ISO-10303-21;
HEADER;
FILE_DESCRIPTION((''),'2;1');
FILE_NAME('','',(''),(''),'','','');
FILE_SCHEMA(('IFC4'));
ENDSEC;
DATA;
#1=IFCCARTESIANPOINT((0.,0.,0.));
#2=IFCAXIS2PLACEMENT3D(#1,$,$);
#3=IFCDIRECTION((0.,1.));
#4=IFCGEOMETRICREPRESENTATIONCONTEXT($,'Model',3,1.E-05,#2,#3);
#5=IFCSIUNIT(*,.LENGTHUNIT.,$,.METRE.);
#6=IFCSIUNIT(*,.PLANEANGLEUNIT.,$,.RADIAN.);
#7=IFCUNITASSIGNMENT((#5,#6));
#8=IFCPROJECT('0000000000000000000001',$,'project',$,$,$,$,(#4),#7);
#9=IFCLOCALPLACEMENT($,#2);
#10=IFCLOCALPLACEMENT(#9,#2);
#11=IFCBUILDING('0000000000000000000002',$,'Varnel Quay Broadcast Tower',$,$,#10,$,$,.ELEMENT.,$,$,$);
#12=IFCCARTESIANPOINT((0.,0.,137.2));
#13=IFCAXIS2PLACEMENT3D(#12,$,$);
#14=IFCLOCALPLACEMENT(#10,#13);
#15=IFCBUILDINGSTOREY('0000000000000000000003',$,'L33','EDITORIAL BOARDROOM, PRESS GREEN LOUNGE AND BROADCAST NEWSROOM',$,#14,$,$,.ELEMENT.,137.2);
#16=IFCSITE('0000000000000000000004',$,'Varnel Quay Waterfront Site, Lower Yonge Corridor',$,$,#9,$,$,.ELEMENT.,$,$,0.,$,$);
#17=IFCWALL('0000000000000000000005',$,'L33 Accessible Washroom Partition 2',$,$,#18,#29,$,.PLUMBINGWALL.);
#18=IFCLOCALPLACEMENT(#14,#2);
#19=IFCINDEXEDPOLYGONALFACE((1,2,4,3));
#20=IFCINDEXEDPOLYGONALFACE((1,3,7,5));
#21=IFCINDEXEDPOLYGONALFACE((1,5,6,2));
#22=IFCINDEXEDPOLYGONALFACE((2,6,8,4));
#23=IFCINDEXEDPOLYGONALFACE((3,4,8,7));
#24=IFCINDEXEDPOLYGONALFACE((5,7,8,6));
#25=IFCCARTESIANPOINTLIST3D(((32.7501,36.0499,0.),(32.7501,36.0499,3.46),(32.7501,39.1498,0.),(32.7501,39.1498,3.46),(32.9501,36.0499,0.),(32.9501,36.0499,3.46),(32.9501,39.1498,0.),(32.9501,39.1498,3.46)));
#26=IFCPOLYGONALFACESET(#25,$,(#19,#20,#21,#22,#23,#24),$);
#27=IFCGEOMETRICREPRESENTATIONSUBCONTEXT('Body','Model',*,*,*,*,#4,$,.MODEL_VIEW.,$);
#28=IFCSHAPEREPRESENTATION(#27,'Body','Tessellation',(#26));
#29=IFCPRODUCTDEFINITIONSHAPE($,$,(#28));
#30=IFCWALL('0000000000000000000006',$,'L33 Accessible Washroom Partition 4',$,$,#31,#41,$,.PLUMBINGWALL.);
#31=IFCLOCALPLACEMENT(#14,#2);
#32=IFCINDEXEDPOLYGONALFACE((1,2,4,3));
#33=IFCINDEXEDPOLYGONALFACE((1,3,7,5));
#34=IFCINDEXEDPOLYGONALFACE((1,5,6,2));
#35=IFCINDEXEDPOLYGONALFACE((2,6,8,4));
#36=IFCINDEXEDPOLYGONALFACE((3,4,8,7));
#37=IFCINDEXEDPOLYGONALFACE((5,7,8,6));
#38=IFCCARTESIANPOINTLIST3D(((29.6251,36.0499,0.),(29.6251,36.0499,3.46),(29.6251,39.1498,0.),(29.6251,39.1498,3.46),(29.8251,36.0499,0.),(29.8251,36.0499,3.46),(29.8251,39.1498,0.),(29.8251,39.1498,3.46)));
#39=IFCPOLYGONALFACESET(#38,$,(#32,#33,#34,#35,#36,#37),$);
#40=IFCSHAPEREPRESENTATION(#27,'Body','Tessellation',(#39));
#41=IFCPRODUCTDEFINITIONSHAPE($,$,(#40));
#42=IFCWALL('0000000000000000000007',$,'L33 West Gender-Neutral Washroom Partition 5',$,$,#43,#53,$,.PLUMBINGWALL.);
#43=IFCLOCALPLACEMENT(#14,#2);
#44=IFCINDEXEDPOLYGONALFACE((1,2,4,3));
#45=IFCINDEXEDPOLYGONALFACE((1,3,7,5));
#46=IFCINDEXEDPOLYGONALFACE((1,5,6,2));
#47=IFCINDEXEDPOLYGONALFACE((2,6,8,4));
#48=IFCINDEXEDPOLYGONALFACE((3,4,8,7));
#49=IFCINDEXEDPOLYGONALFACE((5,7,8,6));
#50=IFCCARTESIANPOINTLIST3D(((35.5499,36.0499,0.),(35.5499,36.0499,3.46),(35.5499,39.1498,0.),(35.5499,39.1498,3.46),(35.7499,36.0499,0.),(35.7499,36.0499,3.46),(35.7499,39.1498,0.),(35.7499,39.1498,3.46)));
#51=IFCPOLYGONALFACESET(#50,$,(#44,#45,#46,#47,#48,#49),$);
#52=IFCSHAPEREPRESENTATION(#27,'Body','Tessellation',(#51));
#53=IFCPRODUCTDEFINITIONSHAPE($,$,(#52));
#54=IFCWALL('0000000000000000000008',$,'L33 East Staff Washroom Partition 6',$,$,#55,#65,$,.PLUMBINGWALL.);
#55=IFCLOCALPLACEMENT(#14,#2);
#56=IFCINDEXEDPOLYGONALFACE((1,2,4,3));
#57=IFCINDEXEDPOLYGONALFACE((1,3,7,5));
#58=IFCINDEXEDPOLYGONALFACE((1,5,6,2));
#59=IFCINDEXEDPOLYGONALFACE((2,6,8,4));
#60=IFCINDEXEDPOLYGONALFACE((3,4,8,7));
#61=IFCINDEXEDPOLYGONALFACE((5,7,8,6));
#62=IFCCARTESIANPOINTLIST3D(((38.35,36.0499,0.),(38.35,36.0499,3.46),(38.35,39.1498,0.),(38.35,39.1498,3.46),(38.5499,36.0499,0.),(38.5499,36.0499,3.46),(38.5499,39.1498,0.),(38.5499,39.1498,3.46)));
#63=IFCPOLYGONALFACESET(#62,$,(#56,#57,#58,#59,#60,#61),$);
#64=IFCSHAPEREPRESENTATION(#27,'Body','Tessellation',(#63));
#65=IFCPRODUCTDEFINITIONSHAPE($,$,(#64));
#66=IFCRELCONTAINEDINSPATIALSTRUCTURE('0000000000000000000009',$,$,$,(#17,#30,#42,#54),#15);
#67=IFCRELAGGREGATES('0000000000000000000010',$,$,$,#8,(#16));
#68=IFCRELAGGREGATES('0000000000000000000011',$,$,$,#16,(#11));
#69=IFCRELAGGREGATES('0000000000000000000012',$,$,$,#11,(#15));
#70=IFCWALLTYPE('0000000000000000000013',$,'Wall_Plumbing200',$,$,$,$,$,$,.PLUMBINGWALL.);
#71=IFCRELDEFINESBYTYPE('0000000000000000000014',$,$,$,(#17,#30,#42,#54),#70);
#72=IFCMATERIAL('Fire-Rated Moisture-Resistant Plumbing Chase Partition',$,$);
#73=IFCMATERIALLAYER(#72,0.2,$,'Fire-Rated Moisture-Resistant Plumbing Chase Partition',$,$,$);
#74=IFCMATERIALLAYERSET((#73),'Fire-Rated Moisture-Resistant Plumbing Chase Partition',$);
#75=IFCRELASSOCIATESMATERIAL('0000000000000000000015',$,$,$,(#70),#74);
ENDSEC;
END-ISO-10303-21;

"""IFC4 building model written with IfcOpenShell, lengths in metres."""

from ifc_helpers import new_model, si_unit, direction, frame, frame_2d, origin, place, context, subcontext, project, spatial, rectangle, extrude, material, layer, layer_set, type_object, element, save


model = new_model("IFC4")

# Units and contexts
model_context = context("Model", 3, precision=1e-05, world=origin(), true_north=direction((0.0, 1.0)))
body_context = subcontext(model_context, "Body", "Model", "MODEL_VIEW")
ifc_project = project(units=[si_unit("LENGTHUNIT", "METRE"), si_unit("PLANEANGLEUNIT", "RADIAN")], contexts=[model_context])

# Site, building, storey
site_placement = place(None, origin())
site = spatial("IfcSite", under=ifc_project, at=site_placement, Name="Varnel Quay Waterfront Site, Lower Yonge Corridor", CompositionType="ELEMENT", RefElevation=0.0)
building_placement = place(site_placement, origin())
building = spatial("IfcBuilding", under=site, at=building_placement, Name="Varnel Quay Broadcast Tower", CompositionType="ELEMENT")
storey_placement = place(building_placement, frame((0.0, 0.0, 137.2)))
storey = spatial("IfcBuildingStorey", under=building, at=storey_placement, Name="L33", Description="EDITORIAL BOARDROOM, PRESS GREEN LOUNGE AND BROADCAST NEWSROOM", CompositionType="ELEMENT", Elevation=137.2)

# Walls
ifc_material_1 = material(Name="Fire-Rated Moisture-Resistant Plumbing Chase Partition")
ifc_layer_1 = layer(ifc_material_1, 0.2, Name="Fire-Rated Moisture-Resistant Plumbing Chase Partition")
ifc_layer_set_1 = layer_set([ifc_layer_1], Name="Fire-Rated Moisture-Resistant Plumbing Chase Partition")
wall_type_1 = type_object("IfcWallType", Name="Wall_Plumbing200", PredefinedType="PLUMBINGWALL", material=ifc_layer_set_1)
for number, where, z_axis, x_axis, name in (
    (1, (32.8501, 36.05, 0.0), (0.0, 0.0, 1.0), (0.0, 1.0, 0.0), "L33 Accessible Washroom Partition 2"),
    (2, (29.7251, 36.05, 0.0), (0.0, 0.0, 1.0), (0.0, 1.0, 0.0), "L33 Accessible Washroom Partition 4"),
    (3, (35.6499, 36.05, 0.0), (0.0, 0.0, 1.0), (0.0, 1.0, 0.0), "L33 West Gender-Neutral Washroom Partition 5"),
    (4, (38.45, 36.05, 0.0), (0.0, 0.0, 1.0), (0.0, 1.0, 0.0), "L33 East Staff Washroom Partition 6"),
):
    element("IfcWall", number, at=place(storey_placement, frame(where, z_axis=z_axis, x_axis=x_axis)), inside=storey, type_object=wall_type_1, Name=name, PredefinedType="PLUMBINGWALL", context=body_context, shape_type="SweptSolid", body=[
        extrude(rectangle(XDim=3.0999, YDim=0.2, at=frame_2d((1.5498, 0.0))), origin(), (0.0, 0.0, 1.0), 3.46),
    ])

save(model, "model.ifc")
